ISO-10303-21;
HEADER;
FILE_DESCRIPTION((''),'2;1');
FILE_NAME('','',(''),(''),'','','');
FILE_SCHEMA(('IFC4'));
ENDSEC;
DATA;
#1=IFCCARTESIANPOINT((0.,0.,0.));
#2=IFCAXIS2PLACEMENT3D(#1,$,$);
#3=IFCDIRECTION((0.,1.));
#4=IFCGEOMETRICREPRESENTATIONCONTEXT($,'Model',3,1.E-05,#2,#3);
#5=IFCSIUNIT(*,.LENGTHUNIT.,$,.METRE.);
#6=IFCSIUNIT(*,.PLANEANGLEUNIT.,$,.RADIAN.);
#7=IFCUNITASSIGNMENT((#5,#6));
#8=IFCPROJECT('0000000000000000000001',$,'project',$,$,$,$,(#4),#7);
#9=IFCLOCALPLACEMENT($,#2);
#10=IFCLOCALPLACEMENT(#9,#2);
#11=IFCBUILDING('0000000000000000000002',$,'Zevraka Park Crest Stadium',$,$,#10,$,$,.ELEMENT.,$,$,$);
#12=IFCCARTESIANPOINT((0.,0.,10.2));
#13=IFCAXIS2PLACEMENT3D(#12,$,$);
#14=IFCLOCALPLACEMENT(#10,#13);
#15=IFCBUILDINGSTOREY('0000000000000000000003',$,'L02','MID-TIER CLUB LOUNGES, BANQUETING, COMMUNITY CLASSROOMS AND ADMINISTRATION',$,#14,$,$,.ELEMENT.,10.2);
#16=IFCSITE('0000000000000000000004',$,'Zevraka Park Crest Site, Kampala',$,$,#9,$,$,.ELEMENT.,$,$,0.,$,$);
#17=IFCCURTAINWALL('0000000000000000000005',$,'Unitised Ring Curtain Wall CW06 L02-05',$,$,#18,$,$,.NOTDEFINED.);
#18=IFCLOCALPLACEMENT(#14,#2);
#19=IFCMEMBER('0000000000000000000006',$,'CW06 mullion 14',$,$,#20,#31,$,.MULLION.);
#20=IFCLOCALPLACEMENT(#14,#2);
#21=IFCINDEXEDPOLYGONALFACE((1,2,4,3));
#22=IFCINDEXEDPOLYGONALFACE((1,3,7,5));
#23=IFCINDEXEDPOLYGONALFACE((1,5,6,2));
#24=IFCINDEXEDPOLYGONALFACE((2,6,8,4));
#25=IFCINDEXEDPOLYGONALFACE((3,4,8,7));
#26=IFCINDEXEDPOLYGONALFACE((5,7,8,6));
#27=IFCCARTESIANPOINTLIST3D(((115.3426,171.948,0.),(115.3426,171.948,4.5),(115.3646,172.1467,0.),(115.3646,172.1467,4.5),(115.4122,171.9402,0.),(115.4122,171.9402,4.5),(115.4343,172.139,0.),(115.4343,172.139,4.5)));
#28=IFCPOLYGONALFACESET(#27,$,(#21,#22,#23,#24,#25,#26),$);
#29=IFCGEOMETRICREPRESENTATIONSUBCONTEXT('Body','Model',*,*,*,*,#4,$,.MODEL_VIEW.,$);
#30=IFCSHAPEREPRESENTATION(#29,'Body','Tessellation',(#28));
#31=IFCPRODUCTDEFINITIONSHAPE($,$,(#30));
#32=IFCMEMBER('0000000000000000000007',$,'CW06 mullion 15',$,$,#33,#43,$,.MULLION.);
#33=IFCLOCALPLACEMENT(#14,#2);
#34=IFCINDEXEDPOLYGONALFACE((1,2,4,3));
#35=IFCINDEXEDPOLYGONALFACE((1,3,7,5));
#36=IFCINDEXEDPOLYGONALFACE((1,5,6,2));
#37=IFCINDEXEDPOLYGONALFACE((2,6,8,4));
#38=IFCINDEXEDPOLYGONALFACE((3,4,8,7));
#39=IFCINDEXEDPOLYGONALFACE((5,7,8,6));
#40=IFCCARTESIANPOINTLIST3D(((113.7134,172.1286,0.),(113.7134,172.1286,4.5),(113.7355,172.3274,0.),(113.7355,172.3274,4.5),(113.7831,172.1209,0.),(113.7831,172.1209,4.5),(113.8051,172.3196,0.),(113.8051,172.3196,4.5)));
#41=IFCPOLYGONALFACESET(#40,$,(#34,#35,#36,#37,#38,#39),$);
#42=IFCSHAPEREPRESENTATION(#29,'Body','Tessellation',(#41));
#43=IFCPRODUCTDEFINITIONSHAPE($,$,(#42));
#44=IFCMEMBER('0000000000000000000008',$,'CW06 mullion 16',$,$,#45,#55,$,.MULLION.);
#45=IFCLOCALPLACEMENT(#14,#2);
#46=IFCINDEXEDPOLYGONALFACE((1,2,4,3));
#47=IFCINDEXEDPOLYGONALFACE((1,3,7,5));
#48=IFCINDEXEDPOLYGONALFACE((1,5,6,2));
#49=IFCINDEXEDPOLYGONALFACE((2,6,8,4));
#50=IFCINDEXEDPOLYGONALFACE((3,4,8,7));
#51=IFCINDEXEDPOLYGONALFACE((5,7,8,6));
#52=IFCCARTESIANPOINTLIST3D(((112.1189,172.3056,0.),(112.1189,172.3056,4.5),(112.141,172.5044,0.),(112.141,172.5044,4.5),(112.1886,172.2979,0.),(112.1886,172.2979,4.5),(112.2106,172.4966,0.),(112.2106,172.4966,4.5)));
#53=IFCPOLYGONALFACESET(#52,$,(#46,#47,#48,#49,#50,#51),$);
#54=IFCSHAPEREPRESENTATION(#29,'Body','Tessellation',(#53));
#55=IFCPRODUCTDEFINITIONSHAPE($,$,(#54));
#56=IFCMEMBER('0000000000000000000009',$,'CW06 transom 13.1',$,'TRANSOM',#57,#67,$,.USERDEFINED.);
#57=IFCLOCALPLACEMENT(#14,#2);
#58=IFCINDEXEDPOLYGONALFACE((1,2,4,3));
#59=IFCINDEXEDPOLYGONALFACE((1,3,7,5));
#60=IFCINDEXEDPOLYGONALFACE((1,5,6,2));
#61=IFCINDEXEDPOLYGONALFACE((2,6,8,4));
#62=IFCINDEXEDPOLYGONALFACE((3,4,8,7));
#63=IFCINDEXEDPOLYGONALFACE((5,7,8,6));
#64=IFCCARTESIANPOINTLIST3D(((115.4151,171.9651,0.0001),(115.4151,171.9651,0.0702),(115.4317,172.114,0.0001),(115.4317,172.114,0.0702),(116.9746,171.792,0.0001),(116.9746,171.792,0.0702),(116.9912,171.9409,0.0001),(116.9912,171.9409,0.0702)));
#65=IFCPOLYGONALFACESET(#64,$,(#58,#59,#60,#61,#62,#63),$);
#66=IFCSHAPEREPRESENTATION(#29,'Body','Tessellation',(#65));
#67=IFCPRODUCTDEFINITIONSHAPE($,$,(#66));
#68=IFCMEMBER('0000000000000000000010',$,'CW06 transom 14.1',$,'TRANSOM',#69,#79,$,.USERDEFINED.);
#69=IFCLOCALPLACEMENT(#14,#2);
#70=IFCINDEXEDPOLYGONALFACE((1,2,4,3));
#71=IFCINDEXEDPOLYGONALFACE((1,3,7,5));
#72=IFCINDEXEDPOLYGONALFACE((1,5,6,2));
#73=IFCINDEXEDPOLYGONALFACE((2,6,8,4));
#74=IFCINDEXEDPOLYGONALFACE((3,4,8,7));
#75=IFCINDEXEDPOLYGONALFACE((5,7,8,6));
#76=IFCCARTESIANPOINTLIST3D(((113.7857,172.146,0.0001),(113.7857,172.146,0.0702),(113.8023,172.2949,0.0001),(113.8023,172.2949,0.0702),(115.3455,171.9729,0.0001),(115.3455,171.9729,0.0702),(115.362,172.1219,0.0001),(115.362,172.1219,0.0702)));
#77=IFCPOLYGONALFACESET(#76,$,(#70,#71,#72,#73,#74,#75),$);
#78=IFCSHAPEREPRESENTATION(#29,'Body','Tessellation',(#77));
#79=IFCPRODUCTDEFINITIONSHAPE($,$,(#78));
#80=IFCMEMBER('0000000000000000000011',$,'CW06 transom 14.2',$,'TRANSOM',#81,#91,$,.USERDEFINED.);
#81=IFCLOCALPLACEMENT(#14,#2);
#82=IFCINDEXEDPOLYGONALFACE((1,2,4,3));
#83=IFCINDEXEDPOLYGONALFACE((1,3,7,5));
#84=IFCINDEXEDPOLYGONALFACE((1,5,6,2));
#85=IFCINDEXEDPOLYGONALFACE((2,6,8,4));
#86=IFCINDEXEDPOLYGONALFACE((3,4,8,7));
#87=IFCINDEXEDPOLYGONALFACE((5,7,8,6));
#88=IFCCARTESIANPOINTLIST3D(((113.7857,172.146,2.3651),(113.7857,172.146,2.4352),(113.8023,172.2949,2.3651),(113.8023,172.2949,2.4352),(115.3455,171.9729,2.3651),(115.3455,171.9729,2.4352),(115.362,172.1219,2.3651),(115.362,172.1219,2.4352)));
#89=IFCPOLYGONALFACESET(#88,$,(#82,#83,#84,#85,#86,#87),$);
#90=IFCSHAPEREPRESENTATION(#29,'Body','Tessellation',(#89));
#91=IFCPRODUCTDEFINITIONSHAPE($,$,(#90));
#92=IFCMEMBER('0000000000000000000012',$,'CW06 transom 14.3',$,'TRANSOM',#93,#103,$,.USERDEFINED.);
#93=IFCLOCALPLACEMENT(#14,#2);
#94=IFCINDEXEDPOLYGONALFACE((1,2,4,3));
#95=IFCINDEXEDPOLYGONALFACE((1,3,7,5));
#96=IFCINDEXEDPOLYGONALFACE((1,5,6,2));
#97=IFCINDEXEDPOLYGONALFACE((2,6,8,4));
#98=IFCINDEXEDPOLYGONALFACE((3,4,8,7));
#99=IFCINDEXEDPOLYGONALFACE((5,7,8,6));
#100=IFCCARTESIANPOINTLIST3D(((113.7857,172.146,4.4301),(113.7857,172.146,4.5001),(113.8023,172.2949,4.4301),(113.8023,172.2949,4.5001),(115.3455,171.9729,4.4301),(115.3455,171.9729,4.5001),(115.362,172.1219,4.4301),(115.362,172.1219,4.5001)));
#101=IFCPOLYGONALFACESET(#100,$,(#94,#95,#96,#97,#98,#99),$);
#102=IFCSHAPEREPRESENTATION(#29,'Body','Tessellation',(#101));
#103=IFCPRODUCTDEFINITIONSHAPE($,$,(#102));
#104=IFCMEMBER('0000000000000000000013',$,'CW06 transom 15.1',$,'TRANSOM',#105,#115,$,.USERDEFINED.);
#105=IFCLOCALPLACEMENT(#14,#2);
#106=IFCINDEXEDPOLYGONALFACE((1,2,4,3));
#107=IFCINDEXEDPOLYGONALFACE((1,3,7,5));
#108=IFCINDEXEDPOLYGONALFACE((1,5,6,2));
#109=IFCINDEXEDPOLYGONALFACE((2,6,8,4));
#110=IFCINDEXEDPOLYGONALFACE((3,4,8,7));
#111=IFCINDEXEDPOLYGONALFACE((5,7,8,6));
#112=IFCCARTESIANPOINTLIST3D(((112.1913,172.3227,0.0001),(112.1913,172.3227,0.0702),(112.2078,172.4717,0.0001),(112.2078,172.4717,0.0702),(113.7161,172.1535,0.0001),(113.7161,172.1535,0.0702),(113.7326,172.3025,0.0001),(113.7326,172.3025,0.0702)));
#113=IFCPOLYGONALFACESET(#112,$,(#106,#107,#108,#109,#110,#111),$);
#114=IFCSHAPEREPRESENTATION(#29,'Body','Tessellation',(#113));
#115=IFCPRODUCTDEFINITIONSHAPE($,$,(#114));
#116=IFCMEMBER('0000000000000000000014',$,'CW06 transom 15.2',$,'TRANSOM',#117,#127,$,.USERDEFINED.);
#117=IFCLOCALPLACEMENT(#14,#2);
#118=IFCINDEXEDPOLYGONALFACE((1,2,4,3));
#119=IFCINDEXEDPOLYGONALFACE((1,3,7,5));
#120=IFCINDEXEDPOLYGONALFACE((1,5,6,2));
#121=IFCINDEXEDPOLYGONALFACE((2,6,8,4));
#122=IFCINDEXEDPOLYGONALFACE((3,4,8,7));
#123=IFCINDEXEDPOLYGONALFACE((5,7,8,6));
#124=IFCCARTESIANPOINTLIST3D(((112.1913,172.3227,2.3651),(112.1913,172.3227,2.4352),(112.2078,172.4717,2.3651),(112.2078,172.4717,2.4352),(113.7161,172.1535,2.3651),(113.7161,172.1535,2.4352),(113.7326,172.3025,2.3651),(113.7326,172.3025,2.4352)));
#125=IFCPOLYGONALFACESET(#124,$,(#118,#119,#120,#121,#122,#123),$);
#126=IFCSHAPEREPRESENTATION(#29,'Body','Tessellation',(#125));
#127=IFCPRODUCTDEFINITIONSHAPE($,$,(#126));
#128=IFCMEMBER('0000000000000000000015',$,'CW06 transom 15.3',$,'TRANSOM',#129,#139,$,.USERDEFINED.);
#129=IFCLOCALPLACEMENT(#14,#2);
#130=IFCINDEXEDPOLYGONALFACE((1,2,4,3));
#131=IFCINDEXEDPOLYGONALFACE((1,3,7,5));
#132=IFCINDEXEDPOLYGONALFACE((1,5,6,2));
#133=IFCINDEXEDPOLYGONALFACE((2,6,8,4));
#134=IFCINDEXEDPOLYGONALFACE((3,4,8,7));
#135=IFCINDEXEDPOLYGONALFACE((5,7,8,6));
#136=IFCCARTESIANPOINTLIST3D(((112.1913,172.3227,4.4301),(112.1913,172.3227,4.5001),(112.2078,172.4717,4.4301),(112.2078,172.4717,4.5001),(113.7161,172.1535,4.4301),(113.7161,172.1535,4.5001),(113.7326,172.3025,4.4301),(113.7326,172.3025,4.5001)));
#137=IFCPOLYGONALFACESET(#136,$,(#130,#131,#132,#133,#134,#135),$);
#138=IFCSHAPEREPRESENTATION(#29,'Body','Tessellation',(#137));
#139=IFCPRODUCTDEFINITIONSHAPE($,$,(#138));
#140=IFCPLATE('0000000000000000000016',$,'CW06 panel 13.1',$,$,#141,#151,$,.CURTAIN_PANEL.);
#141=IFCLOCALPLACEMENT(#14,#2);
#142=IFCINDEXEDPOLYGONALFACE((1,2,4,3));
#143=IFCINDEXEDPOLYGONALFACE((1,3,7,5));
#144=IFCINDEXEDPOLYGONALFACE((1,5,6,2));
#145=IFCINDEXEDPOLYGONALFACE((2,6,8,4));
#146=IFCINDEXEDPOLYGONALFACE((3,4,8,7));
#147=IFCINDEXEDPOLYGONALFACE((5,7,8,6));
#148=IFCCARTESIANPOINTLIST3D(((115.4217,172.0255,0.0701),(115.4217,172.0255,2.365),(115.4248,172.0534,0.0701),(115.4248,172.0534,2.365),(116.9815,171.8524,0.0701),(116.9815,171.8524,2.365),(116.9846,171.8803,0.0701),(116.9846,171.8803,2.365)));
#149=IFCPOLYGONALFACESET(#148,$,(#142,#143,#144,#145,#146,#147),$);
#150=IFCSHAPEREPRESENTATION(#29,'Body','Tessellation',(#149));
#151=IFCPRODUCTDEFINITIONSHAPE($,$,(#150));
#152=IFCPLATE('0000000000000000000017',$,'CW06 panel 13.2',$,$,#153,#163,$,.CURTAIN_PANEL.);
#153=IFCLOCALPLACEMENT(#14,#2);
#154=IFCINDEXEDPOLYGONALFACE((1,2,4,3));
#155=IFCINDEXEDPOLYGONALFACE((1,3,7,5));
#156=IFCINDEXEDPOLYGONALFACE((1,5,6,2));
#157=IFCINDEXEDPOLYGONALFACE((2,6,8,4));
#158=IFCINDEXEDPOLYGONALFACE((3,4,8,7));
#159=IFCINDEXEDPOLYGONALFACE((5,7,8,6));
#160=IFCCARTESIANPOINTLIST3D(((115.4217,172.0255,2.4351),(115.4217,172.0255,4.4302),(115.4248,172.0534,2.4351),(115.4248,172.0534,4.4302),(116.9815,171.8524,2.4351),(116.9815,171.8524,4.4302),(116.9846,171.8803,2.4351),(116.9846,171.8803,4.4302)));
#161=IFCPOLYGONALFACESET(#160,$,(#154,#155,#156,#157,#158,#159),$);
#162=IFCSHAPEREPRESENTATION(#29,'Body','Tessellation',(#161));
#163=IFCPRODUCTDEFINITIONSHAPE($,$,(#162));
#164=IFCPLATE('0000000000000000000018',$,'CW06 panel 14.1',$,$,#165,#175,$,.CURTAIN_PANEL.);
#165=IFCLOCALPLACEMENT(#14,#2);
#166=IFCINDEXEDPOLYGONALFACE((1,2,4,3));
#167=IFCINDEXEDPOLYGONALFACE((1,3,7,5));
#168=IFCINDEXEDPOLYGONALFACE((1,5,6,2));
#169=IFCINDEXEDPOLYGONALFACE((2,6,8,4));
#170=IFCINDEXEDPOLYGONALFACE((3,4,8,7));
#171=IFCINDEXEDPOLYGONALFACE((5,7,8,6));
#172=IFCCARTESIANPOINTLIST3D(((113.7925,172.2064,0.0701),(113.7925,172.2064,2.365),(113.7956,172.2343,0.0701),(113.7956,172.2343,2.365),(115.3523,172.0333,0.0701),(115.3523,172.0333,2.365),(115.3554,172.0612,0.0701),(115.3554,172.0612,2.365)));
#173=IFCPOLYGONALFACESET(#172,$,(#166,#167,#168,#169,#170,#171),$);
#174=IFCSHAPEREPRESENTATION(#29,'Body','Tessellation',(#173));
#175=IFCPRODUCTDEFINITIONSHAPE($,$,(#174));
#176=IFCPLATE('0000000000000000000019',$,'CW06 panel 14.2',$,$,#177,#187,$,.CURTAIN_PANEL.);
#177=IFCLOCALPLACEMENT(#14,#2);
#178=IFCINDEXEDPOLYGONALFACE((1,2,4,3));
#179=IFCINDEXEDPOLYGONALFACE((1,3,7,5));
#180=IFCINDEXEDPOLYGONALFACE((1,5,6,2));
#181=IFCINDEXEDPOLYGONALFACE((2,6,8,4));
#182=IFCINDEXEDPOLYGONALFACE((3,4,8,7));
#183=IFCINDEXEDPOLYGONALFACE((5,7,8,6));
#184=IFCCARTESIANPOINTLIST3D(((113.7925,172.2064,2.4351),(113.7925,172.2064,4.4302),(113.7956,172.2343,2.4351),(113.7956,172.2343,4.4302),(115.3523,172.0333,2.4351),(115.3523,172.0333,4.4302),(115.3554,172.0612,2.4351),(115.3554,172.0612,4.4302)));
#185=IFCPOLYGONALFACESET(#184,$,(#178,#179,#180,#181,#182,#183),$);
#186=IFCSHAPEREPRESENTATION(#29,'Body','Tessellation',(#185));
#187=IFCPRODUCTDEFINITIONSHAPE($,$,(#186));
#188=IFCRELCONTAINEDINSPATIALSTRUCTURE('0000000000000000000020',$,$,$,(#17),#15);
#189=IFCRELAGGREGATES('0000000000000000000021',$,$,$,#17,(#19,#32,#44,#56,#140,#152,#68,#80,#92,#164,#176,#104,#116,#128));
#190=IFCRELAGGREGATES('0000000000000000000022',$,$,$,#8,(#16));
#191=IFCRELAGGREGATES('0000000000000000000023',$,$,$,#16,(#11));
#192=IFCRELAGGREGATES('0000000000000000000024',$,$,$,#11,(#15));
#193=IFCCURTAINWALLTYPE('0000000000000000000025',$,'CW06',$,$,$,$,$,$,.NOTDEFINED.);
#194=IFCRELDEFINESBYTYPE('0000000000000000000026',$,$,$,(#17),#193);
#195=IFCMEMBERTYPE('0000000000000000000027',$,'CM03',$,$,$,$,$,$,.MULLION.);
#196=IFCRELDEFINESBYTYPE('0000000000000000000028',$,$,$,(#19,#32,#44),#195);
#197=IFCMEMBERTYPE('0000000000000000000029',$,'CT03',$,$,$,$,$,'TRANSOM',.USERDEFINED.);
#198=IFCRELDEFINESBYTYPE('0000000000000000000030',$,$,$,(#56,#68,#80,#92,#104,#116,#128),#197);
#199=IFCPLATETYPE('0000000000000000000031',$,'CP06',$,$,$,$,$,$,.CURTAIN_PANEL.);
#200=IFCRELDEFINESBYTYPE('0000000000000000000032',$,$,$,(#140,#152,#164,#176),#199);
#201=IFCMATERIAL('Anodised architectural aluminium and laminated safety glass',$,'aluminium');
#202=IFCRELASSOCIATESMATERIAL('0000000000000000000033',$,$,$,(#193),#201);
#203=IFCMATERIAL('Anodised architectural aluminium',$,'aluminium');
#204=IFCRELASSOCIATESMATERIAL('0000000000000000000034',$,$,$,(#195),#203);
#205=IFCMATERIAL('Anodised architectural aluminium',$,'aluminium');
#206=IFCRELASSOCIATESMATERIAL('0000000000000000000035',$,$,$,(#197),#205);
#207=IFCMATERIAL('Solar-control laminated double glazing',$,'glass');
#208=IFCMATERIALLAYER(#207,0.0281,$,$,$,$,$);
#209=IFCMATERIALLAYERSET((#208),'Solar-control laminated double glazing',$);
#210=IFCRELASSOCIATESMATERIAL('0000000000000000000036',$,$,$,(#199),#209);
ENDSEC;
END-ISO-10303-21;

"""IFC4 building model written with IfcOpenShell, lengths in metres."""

from ifc_helpers import new_model, si_unit, direction, frame, origin, origin_2d, place, context, subcontext, project, spatial, rectangle, extrude, material, layer, layer_set, material_profile, profile_set, type_object, element, aggregate, save


model = new_model("IFC4")

# Units and contexts
model_context = context("Model", 3, precision=1e-05, world=origin(), true_north=direction((0.0, 1.0)))
body_context = subcontext(model_context, "Body", "Model", "MODEL_VIEW")
ifc_project = project(units=[si_unit("LENGTHUNIT", "METRE"), si_unit("PLANEANGLEUNIT", "RADIAN")], contexts=[model_context])

# Site, building, storey
site_placement = place(None, origin())
site = spatial("IfcSite", under=ifc_project, at=site_placement, Name="Zevraka Park Crest Site, Kampala", CompositionType="ELEMENT", RefElevation=0.0)
building_placement = place(site_placement, origin())
building = spatial("IfcBuilding", under=site, at=building_placement, Name="Zevraka Park Crest Stadium", CompositionType="ELEMENT")
storey_placement = place(building_placement, frame((0.0, 0.0, 10.2)))
storey = spatial("IfcBuildingStorey", under=building, at=storey_placement, Name="L02", Description="MID-TIER CLUB LOUNGES, BANQUETING, COMMUNITY CLASSROOMS AND ADMINISTRATION", CompositionType="ELEMENT", Elevation=10.2)

# Curtain wall, members, plates
ifc_material_1 = material(Name="Anodised architectural aluminium and laminated safety glass", Category="aluminium")
curtain_wall_type = type_object("IfcCurtainWallType", Name="CW06", PredefinedType="NOTDEFINED", material=ifc_material_1)
curtain_wall_placement = place(storey_placement, origin())
curtain_wall = element("IfcCurtainWall", 1, at=curtain_wall_placement, inside=storey, type_object=curtain_wall_type, Name="Unitised Ring Curtain Wall CW06 L02-05", PredefinedType="NOTDEFINED")
ifc_material_2 = material(Name="Anodised architectural aluminium", Category="aluminium")
ifc_material_profile_1 = material_profile(ifc_material_2, rectangle(XDim=0.2, YDim=0.0701, at=origin_2d()), Name="ALU MULLION 200x70")
ifc_profile_set_1 = profile_set([ifc_material_profile_1], Name="Anodised architectural aluminium")
member_type_1 = type_object("IfcMemberType", Name="CM03", PredefinedType="MULLION", material=ifc_profile_set_1)
member_1_placement = place(storey_placement, frame((115.3884, 172.0435, 0.0), z_axis=(0.0, 0.0, 1.0), x_axis=(-0.110293, -0.993899, 0.0)))
member_1 = element("IfcMember", 2, at=member_1_placement, type_object=member_type_1, Name="CW06 mullion 14", PredefinedType="MULLION", context=body_context, shape_type="SweptSolid", body=[
    extrude(rectangle(XDim=0.2, YDim=0.0701, at=origin_2d()), origin(), (0.0, 0.0, 1.0), 4.5),
])
member_2_placement = place(storey_placement, frame((113.7593, 172.2241, 0.0), z_axis=(0.0, 0.0, 1.0), x_axis=(-0.110293, -0.993899, 0.0)))
member_2 = element("IfcMember", 3, at=member_2_placement, type_object=member_type_1, Name="CW06 mullion 15", PredefinedType="MULLION", context=body_context, shape_type="SweptSolid", body=[
    extrude(rectangle(XDim=0.2, YDim=0.0701, at=origin_2d()), origin(), (0.0, 0.0, 1.0), 4.5),
])
member_3_placement = place(storey_placement, frame((112.1648, 172.4011, 0.0), z_axis=(0.0, 0.0, 1.0), x_axis=(-0.110293, -0.993899, 0.0)))
member_3 = element("IfcMember", 4, at=member_3_placement, type_object=member_type_1, Name="CW06 mullion 16", PredefinedType="MULLION", context=body_context, shape_type="SweptSolid", body=[
    extrude(rectangle(XDim=0.2, YDim=0.0701, at=origin_2d()), origin(), (0.0, 0.0, 1.0), 4.5),
])
ifc_material_3 = material(Name="Anodised architectural aluminium", Category="aluminium")
ifc_material_profile_2 = material_profile(ifc_material_3, rectangle(XDim=0.1499, YDim=0.0701, at=origin_2d()), Name="ALU TRANSOM 150x70")
ifc_profile_set_2 = profile_set([ifc_material_profile_2], Name="Anodised architectural aluminium")
member_type_2 = type_object("IfcMemberType", Name="CT03", ElementType="TRANSOM", PredefinedType="USERDEFINED", material=ifc_profile_set_2)
member_4_placement = place(storey_placement, frame((116.9829, 171.8665, 0.0352), z_axis=(-0.993897, 0.110312, 0.0), x_axis=(-0.110312, -0.993897, 0.0)))
member_4 = element("IfcMember", 5, at=member_4_placement, type_object=member_type_2, Name="CW06 transom 13.1", ObjectType="TRANSOM", PredefinedType="USERDEFINED", context=body_context, shape_type="SweptSolid", body=[
    extrude(rectangle(XDim=0.1499, YDim=0.0701, at=origin_2d()), origin(), (0.0, 0.0, 1.0), 1.5691),
])
member_5_placement = place(storey_placement, frame((115.3538, 172.0474, 0.0352), z_axis=(-0.993899, 0.110295, 0.0), x_axis=(-0.110295, -0.993899, 0.0)))
member_5 = element("IfcMember", 6, at=member_5_placement, type_object=member_type_2, Name="CW06 transom 14.1", ObjectType="TRANSOM", PredefinedType="USERDEFINED", context=body_context, shape_type="SweptSolid", body=[
    extrude(rectangle(XDim=0.1499, YDim=0.0701, at=origin_2d()), origin(), (0.0, 0.0, 1.0), 1.5693),
])
member_6_placement = place(storey_placement, frame((115.3538, 172.0474, 2.4001), z_axis=(-0.993899, 0.110295, 0.0), x_axis=(-0.110295, -0.993899, 0.0)))
member_6 = element("IfcMember", 7, at=member_6_placement, type_object=member_type_2, Name="CW06 transom 14.2", ObjectType="TRANSOM", PredefinedType="USERDEFINED", context=body_context, shape_type="SweptSolid", body=[
    extrude(rectangle(XDim=0.1499, YDim=0.0701, at=origin_2d()), origin(), (0.0, 0.0, 1.0), 1.5693),
])
member_7_placement = place(storey_placement, frame((115.3538, 172.0474, 4.4651), z_axis=(-0.993899, 0.110295, 0.0), x_axis=(-0.110295, -0.993899, 0.0)))
member_7 = element("IfcMember", 8, at=member_7_placement, type_object=member_type_2, Name="CW06 transom 14.3", ObjectType="TRANSOM", PredefinedType="USERDEFINED", context=body_context, shape_type="SweptSolid", body=[
    extrude(rectangle(XDim=0.1499, YDim=0.0701, at=origin_2d()), origin(), (0.0, 0.0, 1.0), 1.5693),
])
member_8_placement = place(storey_placement, frame((113.7244, 172.228, 0.0352), z_axis=(-0.993901, 0.110274, 0.0), x_axis=(-0.110274, -0.993901, 0.0)))
member_8 = element("IfcMember", 9, at=member_8_placement, type_object=member_type_2, Name="CW06 transom 15.1", ObjectType="TRANSOM", PredefinedType="USERDEFINED", context=body_context, shape_type="SweptSolid", body=[
    extrude(rectangle(XDim=0.1499, YDim=0.0701, at=origin_2d()), origin(), (0.0, 0.0, 1.0), 1.5342),
])
member_9_placement = place(storey_placement, frame((113.7244, 172.228, 2.4001), z_axis=(-0.993901, 0.110274, 0.0), x_axis=(-0.110274, -0.993901, 0.0)))
member_9 = element("IfcMember", 10, at=member_9_placement, type_object=member_type_2, Name="CW06 transom 15.2", ObjectType="TRANSOM", PredefinedType="USERDEFINED", context=body_context, shape_type="SweptSolid", body=[
    extrude(rectangle(XDim=0.1499, YDim=0.0701, at=origin_2d()), origin(), (0.0, 0.0, 1.0), 1.5342),
])
member_10_placement = place(storey_placement, frame((113.7244, 172.228, 4.4651), z_axis=(-0.993901, 0.110274, 0.0), x_axis=(-0.110274, -0.993901, 0.0)))
member_10 = element("IfcMember", 11, at=member_10_placement, type_object=member_type_2, Name="CW06 transom 15.3", ObjectType="TRANSOM", PredefinedType="USERDEFINED", context=body_context, shape_type="SweptSolid", body=[
    extrude(rectangle(XDim=0.1499, YDim=0.0701, at=origin_2d()), origin(), (0.0, 0.0, 1.0), 1.5342),
])
ifc_material_4 = material(Name="Solar-control laminated double glazing", Category="glass")
ifc_layer_1 = layer(ifc_material_4, 0.0281)
ifc_layer_set_1 = layer_set([ifc_layer_1], Name="Solar-control laminated double glazing")
plate_type = type_object("IfcPlateType", Name="CP06", PredefinedType="CURTAIN_PANEL", material=ifc_layer_set_1)
plate_1_placement = place(storey_placement, frame((116.2031, 171.9529, 0.0701), z_axis=(0.0, 0.0, 1.0), x_axis=(-0.993899, 0.110293, 0.0)))
plate_1 = element("IfcPlate", 12, at=plate_1_placement, type_object=plate_type, Name="CW06 panel 13.1", PredefinedType="CURTAIN_PANEL", context=body_context, shape_type="SweptSolid", body=[
    extrude(rectangle(XDim=1.5693, YDim=0.0281, at=origin_2d()), origin(), (0.0, 0.0, 1.0), 2.2949),
])
plate_2_placement = place(storey_placement, frame((116.2031, 171.9529, 2.4351), z_axis=(0.0, 0.0, 1.0), x_axis=(-0.993899, 0.110293, 0.0)))
plate_2 = element("IfcPlate", 13, at=plate_2_placement, type_object=plate_type, Name="CW06 panel 13.2", PredefinedType="CURTAIN_PANEL", context=body_context, shape_type="SweptSolid", body=[
    extrude(rectangle(XDim=1.5693, YDim=0.0281, at=origin_2d()), origin(), (0.0, 0.0, 1.0), 1.9951),
])
plate_3_placement = place(storey_placement, frame((114.574, 172.1338, 0.0701), z_axis=(0.0, 0.0, 1.0), x_axis=(-0.993899, 0.110293, 0.0)))
plate_3 = element("IfcPlate", 14, at=plate_3_placement, type_object=plate_type, Name="CW06 panel 14.1", PredefinedType="CURTAIN_PANEL", context=body_context, shape_type="SweptSolid", body=[
    extrude(rectangle(XDim=1.5693, YDim=0.0281, at=origin_2d()), origin(), (0.0, 0.0, 1.0), 2.2949),
])
plate_4_placement = place(storey_placement, frame((114.574, 172.1338, 2.4351), z_axis=(0.0, 0.0, 1.0), x_axis=(-0.993899, 0.110293, 0.0)))
plate_4 = element("IfcPlate", 15, at=plate_4_placement, type_object=plate_type, Name="CW06 panel 14.2", PredefinedType="CURTAIN_PANEL", context=body_context, shape_type="SweptSolid", body=[
    extrude(rectangle(XDim=1.5693, YDim=0.0281, at=origin_2d()), origin(), (0.0, 0.0, 1.0), 1.9951),
])
aggregate(curtain_wall, [member_1, member_2, member_3, member_4, plate_1, plate_2, member_5, member_6, member_7, plate_3, plate_4, member_8, member_9, member_10])

save(model, "model.ifc")
